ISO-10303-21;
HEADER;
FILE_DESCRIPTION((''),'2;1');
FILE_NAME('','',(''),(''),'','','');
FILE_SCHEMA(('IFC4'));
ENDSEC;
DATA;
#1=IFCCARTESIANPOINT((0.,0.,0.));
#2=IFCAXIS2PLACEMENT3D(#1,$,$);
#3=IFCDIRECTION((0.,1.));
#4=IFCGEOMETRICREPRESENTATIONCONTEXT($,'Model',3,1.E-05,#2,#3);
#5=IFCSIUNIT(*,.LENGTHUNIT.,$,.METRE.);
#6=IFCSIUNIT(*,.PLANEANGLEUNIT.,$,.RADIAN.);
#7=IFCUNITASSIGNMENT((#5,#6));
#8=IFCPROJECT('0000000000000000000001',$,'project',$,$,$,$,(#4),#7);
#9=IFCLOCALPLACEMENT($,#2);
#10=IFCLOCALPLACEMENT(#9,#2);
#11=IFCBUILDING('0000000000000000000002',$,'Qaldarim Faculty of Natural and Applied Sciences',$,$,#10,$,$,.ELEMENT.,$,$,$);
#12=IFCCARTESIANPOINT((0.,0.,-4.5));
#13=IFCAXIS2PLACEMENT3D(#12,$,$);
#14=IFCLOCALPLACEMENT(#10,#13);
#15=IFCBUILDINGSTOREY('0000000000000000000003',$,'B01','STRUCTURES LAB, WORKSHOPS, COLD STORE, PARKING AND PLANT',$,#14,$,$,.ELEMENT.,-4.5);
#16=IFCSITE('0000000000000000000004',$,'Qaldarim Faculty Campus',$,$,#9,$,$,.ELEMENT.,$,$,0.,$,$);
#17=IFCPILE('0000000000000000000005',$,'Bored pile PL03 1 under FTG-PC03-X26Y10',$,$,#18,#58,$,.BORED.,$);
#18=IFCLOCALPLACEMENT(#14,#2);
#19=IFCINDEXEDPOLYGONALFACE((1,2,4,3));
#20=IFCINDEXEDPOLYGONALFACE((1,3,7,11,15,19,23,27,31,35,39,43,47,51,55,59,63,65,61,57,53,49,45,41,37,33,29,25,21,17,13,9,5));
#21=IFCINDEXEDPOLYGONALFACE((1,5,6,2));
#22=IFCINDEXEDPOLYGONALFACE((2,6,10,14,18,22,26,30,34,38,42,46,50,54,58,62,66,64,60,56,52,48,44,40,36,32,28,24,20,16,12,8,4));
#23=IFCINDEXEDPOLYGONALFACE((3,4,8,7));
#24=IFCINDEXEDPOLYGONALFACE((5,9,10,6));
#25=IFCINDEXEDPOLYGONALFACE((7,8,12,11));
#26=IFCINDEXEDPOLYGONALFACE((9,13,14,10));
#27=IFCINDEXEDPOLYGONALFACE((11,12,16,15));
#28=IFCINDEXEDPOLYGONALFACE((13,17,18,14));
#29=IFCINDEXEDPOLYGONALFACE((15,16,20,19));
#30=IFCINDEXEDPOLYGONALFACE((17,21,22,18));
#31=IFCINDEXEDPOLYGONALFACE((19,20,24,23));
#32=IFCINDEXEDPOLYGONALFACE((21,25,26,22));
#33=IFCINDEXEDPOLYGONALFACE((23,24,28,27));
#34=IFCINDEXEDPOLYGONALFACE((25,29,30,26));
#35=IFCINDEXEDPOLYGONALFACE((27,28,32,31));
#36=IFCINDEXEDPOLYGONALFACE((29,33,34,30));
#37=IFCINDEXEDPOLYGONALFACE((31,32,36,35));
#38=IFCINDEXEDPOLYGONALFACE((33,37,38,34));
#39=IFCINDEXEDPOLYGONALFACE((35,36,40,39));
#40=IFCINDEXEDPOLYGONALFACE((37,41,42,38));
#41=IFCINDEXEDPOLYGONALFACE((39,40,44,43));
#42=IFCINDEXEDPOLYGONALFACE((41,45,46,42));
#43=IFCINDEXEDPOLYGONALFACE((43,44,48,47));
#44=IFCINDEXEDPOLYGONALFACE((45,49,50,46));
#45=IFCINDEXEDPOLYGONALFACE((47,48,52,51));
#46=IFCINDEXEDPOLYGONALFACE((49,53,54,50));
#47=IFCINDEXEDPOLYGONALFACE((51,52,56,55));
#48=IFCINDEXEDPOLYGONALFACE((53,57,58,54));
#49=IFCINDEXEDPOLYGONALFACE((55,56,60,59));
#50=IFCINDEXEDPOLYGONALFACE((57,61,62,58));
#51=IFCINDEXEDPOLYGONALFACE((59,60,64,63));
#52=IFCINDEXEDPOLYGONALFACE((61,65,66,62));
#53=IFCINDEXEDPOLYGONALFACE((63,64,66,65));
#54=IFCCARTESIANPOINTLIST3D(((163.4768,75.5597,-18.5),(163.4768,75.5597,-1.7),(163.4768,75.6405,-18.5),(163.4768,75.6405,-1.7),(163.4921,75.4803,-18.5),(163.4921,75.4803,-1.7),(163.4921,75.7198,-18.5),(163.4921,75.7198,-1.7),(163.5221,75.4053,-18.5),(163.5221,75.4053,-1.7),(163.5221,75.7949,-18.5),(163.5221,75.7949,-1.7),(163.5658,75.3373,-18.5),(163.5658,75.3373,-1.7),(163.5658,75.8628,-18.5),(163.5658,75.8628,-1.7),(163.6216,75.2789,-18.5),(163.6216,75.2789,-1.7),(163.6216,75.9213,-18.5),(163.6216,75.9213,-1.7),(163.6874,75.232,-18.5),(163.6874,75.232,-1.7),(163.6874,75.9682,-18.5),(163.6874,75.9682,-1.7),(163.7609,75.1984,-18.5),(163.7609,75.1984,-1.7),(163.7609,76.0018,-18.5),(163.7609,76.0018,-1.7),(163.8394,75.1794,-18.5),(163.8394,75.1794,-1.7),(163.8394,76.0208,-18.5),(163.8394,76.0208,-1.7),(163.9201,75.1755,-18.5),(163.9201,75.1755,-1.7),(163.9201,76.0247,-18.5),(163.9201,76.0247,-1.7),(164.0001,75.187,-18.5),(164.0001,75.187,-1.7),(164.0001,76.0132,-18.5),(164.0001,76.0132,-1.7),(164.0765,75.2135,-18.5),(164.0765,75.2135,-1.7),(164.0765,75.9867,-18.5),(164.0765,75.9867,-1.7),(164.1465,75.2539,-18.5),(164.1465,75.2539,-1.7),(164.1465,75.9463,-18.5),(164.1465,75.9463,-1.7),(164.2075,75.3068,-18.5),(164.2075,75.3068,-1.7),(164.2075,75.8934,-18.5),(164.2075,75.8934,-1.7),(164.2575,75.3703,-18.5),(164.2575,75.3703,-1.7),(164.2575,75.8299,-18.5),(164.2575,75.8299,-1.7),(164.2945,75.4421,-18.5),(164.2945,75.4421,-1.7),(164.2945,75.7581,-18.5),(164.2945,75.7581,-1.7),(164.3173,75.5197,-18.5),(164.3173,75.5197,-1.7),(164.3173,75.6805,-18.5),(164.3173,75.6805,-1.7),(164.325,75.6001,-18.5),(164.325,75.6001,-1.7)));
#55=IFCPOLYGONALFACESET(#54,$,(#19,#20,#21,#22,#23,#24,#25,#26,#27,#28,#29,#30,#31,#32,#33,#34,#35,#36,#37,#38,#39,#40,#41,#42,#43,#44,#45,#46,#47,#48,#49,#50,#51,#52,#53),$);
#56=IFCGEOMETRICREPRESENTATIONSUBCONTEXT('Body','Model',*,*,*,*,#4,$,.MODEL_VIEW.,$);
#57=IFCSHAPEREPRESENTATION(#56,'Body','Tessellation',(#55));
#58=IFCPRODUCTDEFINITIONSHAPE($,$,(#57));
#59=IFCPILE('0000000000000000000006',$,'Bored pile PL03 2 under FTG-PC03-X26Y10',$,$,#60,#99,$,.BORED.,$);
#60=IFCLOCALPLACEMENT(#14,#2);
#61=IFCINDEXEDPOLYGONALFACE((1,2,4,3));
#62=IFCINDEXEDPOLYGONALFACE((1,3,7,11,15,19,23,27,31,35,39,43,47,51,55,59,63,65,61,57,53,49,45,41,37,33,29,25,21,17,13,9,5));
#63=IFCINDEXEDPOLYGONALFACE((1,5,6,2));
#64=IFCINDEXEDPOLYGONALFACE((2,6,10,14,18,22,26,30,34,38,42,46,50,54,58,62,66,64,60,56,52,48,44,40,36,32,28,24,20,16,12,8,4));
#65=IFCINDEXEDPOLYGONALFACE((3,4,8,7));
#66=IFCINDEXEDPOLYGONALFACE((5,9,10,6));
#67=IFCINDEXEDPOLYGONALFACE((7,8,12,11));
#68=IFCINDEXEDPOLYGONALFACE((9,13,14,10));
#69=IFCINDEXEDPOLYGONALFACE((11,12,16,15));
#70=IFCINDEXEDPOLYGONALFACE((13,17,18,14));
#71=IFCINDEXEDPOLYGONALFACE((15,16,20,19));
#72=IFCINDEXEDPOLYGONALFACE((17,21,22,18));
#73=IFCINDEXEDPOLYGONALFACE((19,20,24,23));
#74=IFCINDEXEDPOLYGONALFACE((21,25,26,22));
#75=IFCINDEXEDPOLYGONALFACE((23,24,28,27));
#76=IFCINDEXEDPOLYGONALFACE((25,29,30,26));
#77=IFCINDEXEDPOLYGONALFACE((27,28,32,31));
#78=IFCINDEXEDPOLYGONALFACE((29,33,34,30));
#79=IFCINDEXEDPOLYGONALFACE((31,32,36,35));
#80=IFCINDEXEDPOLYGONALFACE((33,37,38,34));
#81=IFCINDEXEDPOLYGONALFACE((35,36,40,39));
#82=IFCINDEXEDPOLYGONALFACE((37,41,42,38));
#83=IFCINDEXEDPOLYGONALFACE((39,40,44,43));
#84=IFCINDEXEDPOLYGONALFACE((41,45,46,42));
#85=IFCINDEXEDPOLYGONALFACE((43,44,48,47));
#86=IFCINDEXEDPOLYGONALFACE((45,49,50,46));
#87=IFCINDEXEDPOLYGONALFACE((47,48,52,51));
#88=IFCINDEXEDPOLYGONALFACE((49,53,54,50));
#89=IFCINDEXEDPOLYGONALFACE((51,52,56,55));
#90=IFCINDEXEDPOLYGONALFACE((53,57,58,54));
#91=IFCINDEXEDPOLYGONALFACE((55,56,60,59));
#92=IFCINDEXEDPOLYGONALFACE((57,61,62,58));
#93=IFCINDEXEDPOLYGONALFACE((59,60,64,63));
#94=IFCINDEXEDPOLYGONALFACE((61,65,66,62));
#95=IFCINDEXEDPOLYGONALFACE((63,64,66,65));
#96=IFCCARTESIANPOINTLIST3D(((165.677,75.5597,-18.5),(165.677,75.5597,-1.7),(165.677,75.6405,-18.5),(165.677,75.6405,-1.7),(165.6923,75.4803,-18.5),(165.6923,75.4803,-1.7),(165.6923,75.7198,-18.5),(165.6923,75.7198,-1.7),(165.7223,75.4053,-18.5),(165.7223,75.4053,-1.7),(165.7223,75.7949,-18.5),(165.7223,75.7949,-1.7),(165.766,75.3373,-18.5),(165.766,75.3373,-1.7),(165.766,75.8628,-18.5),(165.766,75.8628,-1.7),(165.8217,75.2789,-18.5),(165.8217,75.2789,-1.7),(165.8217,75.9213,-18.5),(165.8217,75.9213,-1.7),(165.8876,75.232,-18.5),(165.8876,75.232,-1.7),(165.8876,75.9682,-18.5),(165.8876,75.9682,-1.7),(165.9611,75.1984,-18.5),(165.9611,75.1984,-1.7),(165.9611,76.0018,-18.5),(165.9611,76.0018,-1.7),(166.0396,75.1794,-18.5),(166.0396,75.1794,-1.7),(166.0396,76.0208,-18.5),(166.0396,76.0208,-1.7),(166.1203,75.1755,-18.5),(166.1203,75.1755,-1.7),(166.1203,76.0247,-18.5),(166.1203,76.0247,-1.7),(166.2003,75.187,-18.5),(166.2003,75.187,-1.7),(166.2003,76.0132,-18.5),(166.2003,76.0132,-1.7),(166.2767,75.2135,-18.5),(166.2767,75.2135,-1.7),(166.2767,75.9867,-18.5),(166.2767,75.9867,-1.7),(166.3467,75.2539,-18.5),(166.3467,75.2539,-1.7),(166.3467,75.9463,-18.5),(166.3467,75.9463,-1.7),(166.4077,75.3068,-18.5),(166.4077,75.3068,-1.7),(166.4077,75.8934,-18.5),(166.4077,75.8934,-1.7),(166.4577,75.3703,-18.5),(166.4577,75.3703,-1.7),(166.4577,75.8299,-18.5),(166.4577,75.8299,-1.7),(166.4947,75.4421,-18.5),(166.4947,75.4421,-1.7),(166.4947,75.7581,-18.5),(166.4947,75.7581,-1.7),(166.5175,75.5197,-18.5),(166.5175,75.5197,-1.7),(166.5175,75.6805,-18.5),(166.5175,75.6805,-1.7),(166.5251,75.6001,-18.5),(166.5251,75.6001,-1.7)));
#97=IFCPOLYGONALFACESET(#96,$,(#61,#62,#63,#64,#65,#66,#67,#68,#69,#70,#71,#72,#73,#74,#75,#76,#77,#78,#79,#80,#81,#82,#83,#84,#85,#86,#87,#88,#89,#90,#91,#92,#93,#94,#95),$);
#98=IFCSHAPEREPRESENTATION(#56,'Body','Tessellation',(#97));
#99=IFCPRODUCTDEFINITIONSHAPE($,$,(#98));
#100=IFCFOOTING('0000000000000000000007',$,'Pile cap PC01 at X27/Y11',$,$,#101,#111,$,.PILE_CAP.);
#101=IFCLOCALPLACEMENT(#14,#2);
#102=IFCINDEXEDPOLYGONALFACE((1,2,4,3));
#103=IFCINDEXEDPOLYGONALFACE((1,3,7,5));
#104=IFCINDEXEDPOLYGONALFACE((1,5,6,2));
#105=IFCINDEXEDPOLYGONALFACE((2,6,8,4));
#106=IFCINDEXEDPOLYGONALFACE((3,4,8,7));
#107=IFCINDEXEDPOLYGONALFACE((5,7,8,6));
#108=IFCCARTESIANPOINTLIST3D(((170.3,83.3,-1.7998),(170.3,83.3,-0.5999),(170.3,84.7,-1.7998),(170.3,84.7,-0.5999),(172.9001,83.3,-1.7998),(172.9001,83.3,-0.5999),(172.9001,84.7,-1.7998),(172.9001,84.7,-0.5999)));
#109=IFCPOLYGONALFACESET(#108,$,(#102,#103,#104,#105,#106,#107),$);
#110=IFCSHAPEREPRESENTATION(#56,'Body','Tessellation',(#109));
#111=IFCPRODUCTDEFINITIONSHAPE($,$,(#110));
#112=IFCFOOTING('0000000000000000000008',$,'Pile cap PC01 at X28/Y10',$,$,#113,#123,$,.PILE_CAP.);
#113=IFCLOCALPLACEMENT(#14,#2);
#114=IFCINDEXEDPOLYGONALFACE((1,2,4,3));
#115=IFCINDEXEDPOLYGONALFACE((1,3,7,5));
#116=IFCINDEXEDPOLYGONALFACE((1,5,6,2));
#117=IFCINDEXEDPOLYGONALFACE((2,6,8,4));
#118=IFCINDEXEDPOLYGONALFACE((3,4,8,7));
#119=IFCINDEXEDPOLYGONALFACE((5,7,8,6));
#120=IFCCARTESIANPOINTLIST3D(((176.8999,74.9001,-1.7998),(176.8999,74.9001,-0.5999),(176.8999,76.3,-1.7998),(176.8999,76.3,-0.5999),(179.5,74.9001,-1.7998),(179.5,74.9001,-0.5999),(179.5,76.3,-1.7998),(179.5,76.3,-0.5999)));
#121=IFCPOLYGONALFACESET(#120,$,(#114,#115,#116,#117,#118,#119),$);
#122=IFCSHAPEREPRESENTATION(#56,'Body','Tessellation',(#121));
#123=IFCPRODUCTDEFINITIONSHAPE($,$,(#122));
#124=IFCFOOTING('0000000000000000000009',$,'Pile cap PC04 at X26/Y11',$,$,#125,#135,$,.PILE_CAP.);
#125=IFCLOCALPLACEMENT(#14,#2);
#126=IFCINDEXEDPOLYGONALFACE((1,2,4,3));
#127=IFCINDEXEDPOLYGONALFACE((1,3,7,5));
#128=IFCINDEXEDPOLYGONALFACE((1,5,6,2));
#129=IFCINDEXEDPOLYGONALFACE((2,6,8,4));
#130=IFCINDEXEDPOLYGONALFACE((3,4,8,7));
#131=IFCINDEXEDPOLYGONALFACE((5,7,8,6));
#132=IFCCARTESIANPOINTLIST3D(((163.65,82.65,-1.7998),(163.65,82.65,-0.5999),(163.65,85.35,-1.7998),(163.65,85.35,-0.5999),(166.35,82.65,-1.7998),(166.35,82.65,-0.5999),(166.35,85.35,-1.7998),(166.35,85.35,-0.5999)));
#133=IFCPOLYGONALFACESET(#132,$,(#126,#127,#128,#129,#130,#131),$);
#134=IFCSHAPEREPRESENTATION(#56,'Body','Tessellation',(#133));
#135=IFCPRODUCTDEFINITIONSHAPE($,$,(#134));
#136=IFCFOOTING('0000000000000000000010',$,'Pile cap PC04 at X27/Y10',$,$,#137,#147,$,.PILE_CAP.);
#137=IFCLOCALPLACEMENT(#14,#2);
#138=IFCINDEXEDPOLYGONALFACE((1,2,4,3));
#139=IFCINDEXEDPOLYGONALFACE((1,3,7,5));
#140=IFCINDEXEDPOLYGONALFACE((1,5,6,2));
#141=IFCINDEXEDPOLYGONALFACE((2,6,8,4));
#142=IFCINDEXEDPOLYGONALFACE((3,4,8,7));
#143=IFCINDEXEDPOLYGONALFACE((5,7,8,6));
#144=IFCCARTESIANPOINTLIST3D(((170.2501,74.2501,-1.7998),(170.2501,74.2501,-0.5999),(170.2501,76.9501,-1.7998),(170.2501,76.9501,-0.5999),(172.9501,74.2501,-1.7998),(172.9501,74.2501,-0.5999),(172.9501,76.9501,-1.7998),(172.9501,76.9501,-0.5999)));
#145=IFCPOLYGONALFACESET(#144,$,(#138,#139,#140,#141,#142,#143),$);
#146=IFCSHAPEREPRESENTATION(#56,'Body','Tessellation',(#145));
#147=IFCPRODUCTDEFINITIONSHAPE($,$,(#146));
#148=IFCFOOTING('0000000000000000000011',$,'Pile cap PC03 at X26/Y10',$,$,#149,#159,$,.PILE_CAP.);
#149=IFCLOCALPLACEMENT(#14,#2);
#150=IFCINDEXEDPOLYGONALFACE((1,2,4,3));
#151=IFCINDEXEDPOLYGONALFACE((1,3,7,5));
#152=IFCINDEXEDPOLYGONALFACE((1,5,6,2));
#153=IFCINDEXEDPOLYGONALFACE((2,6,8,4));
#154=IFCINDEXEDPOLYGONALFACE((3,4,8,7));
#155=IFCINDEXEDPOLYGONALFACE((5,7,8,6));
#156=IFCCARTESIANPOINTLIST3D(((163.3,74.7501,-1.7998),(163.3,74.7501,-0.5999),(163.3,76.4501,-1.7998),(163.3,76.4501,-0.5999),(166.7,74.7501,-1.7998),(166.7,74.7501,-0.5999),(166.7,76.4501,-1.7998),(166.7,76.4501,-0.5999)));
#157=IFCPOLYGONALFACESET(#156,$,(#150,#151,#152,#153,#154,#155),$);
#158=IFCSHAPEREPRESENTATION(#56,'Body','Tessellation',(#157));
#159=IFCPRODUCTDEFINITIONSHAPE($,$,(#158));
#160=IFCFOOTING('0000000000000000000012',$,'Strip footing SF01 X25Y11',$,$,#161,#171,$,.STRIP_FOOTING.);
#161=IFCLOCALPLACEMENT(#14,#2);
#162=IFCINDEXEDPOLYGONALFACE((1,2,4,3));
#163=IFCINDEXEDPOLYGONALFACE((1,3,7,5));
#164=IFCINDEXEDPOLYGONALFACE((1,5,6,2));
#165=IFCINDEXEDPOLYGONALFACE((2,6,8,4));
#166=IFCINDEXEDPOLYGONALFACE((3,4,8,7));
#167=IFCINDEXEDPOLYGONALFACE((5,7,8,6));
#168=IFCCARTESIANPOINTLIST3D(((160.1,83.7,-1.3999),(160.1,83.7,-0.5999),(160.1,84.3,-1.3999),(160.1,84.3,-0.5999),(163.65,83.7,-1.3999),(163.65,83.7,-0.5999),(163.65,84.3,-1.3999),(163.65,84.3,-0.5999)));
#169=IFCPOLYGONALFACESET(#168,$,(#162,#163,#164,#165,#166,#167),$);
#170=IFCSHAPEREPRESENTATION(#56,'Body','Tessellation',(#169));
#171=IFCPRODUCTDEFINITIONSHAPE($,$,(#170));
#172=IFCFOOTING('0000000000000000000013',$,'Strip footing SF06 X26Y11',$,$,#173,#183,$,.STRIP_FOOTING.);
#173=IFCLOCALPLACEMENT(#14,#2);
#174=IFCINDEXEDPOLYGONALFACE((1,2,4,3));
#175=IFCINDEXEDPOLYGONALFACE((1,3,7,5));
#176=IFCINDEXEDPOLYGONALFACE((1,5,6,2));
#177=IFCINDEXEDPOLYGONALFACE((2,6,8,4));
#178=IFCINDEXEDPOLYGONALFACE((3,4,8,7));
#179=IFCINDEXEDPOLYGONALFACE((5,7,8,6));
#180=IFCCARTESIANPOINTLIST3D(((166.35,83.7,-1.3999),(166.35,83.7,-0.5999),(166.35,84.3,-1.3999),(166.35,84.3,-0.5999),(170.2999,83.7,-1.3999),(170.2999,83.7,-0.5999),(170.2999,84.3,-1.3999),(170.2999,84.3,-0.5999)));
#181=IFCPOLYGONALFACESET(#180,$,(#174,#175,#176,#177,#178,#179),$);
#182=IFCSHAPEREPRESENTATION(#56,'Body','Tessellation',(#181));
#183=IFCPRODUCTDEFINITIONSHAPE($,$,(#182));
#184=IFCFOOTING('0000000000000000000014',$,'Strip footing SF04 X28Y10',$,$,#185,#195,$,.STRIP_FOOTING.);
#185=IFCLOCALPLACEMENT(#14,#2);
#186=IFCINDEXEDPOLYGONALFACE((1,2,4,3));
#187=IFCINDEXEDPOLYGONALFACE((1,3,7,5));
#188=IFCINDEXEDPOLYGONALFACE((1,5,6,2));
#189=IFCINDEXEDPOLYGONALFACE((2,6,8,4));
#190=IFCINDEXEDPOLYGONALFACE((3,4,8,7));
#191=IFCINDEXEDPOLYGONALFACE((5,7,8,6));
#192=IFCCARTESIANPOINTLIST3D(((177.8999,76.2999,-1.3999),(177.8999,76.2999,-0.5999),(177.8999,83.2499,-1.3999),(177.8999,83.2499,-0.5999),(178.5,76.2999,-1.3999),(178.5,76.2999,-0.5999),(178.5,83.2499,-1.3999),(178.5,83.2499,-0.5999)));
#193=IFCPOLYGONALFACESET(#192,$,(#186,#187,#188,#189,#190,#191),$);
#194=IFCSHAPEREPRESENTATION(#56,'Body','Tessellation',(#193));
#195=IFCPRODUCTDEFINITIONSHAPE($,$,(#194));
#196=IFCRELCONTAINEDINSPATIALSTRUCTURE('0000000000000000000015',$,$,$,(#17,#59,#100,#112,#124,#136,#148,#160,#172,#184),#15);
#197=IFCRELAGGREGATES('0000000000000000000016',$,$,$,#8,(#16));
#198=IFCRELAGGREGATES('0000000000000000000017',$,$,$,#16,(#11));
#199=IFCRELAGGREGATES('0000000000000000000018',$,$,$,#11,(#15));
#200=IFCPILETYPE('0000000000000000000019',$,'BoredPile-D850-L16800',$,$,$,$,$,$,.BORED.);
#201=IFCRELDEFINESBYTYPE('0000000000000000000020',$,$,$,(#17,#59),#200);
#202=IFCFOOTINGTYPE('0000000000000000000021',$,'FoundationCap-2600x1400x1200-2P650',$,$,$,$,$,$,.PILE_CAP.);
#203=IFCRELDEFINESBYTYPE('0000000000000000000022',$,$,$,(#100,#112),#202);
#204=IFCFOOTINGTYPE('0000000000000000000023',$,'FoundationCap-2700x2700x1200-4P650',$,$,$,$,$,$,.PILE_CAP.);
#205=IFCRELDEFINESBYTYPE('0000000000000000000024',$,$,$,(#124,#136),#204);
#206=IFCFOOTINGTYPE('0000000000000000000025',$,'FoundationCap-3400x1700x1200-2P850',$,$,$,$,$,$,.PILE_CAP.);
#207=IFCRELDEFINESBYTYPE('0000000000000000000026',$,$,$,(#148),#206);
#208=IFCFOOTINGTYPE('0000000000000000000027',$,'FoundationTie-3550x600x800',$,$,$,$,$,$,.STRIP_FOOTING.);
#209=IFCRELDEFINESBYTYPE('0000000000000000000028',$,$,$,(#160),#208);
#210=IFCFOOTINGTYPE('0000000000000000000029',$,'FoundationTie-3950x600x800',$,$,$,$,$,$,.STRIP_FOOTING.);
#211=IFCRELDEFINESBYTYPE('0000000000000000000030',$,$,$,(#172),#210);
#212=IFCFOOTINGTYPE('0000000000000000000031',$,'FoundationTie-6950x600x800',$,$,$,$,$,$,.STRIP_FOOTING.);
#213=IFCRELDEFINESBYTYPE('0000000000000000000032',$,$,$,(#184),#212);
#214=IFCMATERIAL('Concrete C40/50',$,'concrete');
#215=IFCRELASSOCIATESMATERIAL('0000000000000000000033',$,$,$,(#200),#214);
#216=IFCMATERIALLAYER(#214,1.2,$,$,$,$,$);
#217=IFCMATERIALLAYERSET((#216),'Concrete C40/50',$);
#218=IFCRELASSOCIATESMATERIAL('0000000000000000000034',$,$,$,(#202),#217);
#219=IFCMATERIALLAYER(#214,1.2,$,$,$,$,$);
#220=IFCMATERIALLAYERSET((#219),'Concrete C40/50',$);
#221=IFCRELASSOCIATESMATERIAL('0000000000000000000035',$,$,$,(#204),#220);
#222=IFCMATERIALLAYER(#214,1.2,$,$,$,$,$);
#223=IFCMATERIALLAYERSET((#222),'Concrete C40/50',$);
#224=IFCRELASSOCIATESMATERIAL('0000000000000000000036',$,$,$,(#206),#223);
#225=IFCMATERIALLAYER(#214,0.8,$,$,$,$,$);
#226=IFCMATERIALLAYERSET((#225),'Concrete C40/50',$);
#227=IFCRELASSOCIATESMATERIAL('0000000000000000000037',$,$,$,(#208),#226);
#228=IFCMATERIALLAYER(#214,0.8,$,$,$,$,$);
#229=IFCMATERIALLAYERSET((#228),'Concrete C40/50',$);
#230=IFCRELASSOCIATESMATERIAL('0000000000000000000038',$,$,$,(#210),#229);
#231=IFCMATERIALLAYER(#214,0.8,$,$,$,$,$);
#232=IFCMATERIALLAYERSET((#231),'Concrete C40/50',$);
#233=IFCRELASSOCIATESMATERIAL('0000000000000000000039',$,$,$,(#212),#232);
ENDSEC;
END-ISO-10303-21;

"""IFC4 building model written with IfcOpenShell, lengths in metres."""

from ifc_helpers import new_model, si_unit, direction, frame, origin, origin_2d, place, context, subcontext, project, spatial, rectangle, circle, extrude, material, layer, layer_set, material_profile, profile_set, type_object, element, save


model = new_model("IFC4")

# Units and contexts
model_context = context("Model", 3, precision=1e-05, world=origin(), true_north=direction((0.0, 1.0)))
body_context = subcontext(model_context, "Body", "Model", "MODEL_VIEW")
ifc_project = project(units=[si_unit("LENGTHUNIT", "METRE"), si_unit("PLANEANGLEUNIT", "RADIAN")], contexts=[model_context])

# Site, building, storey
site_placement = place(None, origin())
site = spatial("IfcSite", under=ifc_project, at=site_placement, Name="Qaldarim Faculty Campus", CompositionType="ELEMENT", RefElevation=0.0)
building_placement = place(site_placement, origin())
building = spatial("IfcBuilding", under=site, at=building_placement, Name="Qaldarim Faculty of Natural and Applied Sciences", CompositionType="ELEMENT")
storey_placement = place(building_placement, frame((0.0, 0.0, -4.5)))
storey = spatial("IfcBuildingStorey", under=building, at=storey_placement, Name="B01", Description="STRUCTURES LAB, WORKSHOPS, COLD STORE, PARKING AND PLANT", CompositionType="ELEMENT", Elevation=-4.5)

# Piles
ifc_material_1 = material(Name="Concrete C40/50", Category="concrete")
ifc_material_profile_1 = material_profile(ifc_material_1, circle(Radius=0.425, at=origin_2d()), Name="PILE-D850")
ifc_profile_set_1 = profile_set([ifc_material_profile_1], Name="Concrete C40/50")
pile_type_1 = type_object("IfcPileType", Name="BoredPile-D850-L16800", PredefinedType="BORED", material=ifc_profile_set_1)
for number, where, z_axis, x_axis, name in (
    (1, (163.8999, 75.6001, -1.7), (0.0, 0.0, -1.0), (1.0, 0.0, 0.0), "Bored pile PL03 1 under FTG-PC03-X26Y10"),
    (2, (166.1001, 75.6001, -1.7), (0.0, 0.0, -1.0), (1.0, 0.0, 0.0), "Bored pile PL03 2 under FTG-PC03-X26Y10"),
):
    element("IfcPile", number, at=place(storey_placement, frame(where, z_axis=z_axis, x_axis=x_axis)), inside=storey, type_object=pile_type_1, Name=name, PredefinedType="BORED", context=body_context, shape_type="SweptSolid", body=[
        extrude(circle(Radius=0.425, at=origin_2d()), origin(), (0.0, 0.0, 1.0), 16.8),
    ])

# Footings
ifc_layer_1 = layer(ifc_material_1, 1.2)
ifc_layer_set_1 = layer_set([ifc_layer_1], Name="Concrete C40/50")
footing_type_1 = type_object("IfcFootingType", Name="FoundationCap-2600x1400x1200-2P650", PredefinedType="PILE_CAP", material=ifc_layer_set_1)
for number, where, z_axis, x_axis, name in (
    (3, (171.6001, 84.0, -1.7998), (0.0, 0.0, 1.0), (1.0, 0.0, 0.0), "Pile cap PC01 at X27/Y11"),
    (4, (178.2, 75.6001, -1.7998), (0.0, 0.0, 1.0), (1.0, 0.0, 0.0), "Pile cap PC01 at X28/Y10"),
):
    element("IfcFooting", number, at=place(storey_placement, frame(where, z_axis=z_axis, x_axis=x_axis)), inside=storey, type_object=footing_type_1, Name=name, PredefinedType="PILE_CAP", context=body_context, shape_type="SweptSolid", body=[
        extrude(rectangle(XDim=2.6001, YDim=1.3999, at=origin_2d()), origin(), (0.0, 0.0, 1.0), 1.2),
    ])
ifc_layer_2 = layer(ifc_material_1, 1.2)
ifc_layer_set_2 = layer_set([ifc_layer_2], Name="Concrete C40/50")
footing_type_2 = type_object("IfcFootingType", Name="FoundationCap-2700x2700x1200-4P650", PredefinedType="PILE_CAP", material=ifc_layer_set_2)
for number, where, z_axis, x_axis, name in (
    (5, (165.0, 84.0, -1.7998), (0.0, 0.0, 1.0), (1.0, 0.0, 0.0), "Pile cap PC04 at X26/Y11"),
    (6, (171.6001, 75.6001, -1.7998), (0.0, 0.0, 1.0), (1.0, 0.0, 0.0), "Pile cap PC04 at X27/Y10"),
):
    element("IfcFooting", number, at=place(storey_placement, frame(where, z_axis=z_axis, x_axis=x_axis)), inside=storey, type_object=footing_type_2, Name=name, PredefinedType="PILE_CAP", context=body_context, shape_type="SweptSolid", body=[
        extrude(rectangle(XDim=2.7, YDim=2.7, at=origin_2d()), origin(), (0.0, 0.0, 1.0), 1.2),
    ])
ifc_layer_3 = layer(ifc_material_1, 1.2)
ifc_layer_set_3 = layer_set([ifc_layer_3], Name="Concrete C40/50")
footing_type_3 = type_object("IfcFootingType", Name="FoundationCap-3400x1700x1200-2P850", PredefinedType="PILE_CAP", material=ifc_layer_set_3)
footing_1_placement = place(storey_placement, frame((165.0, 75.6001, -1.7998), z_axis=(0.0, 0.0, 1.0), x_axis=(1.0, 0.0, 0.0)))
element("IfcFooting", 7, at=footing_1_placement, inside=storey, type_object=footing_type_3, Name="Pile cap PC03 at X26/Y10", PredefinedType="PILE_CAP", context=body_context, shape_type="SweptSolid", body=[
    extrude(rectangle(XDim=3.3999, YDim=1.7, at=origin_2d()), origin(), (0.0, 0.0, 1.0), 1.2),
])
ifc_layer_4 = layer(ifc_material_1, 0.8)
ifc_layer_set_4 = layer_set([ifc_layer_4], Name="Concrete C40/50")
footing_type_4 = type_object("IfcFootingType", Name="FoundationTie-3550x600x800", PredefinedType="STRIP_FOOTING", material=ifc_layer_set_4)
footing_2_placement = place(storey_placement, frame((161.875, 84.0, -1.3999), z_axis=(0.0, 0.0, 1.0), x_axis=(1.0, 0.0, 0.0)))
element("IfcFooting", 8, at=footing_2_placement, inside=storey, type_object=footing_type_4, Name="Strip footing SF01 X25Y11", PredefinedType="STRIP_FOOTING", context=body_context, shape_type="SweptSolid", body=[
    extrude(rectangle(XDim=3.55, YDim=0.6001, at=origin_2d()), origin(), (0.0, 0.0, 1.0), 0.8),
])
ifc_layer_5 = layer(ifc_material_1, 0.8)
ifc_layer_set_5 = layer_set([ifc_layer_5], Name="Concrete C40/50")
footing_type_5 = type_object("IfcFootingType", Name="FoundationTie-3950x600x800", PredefinedType="STRIP_FOOTING", material=ifc_layer_set_5)
footing_3_placement = place(storey_placement, frame((168.325, 84.0, -1.3999), z_axis=(0.0, 0.0, 1.0), x_axis=(1.0, 0.0, 0.0)))
element("IfcFooting", 9, at=footing_3_placement, inside=storey, type_object=footing_type_5, Name="Strip footing SF06 X26Y11", PredefinedType="STRIP_FOOTING", context=body_context, shape_type="SweptSolid", body=[
    extrude(rectangle(XDim=3.95, YDim=0.6001, at=origin_2d()), origin(), (0.0, 0.0, 1.0), 0.8),
])
ifc_layer_6 = layer(ifc_material_1, 0.8)
ifc_layer_set_6 = layer_set([ifc_layer_6], Name="Concrete C40/50")
footing_type_6 = type_object("IfcFootingType", Name="FoundationTie-6950x600x800", PredefinedType="STRIP_FOOTING", material=ifc_layer_set_6)
footing_4_placement = place(storey_placement, frame((178.2, 79.7749, -1.3999), z_axis=(0.0, 0.0, 1.0), x_axis=(0.0, 1.0, 0.0)))
element("IfcFooting", 10, at=footing_4_placement, inside=storey, type_object=footing_type_6, Name="Strip footing SF04 X28Y10", PredefinedType="STRIP_FOOTING", context=body_context, shape_type="SweptSolid", body=[
    extrude(rectangle(XDim=6.95, YDim=0.6001, at=origin_2d()), origin(), (0.0, 0.0, 1.0), 0.8),
])

save(model, "model.ifc")
